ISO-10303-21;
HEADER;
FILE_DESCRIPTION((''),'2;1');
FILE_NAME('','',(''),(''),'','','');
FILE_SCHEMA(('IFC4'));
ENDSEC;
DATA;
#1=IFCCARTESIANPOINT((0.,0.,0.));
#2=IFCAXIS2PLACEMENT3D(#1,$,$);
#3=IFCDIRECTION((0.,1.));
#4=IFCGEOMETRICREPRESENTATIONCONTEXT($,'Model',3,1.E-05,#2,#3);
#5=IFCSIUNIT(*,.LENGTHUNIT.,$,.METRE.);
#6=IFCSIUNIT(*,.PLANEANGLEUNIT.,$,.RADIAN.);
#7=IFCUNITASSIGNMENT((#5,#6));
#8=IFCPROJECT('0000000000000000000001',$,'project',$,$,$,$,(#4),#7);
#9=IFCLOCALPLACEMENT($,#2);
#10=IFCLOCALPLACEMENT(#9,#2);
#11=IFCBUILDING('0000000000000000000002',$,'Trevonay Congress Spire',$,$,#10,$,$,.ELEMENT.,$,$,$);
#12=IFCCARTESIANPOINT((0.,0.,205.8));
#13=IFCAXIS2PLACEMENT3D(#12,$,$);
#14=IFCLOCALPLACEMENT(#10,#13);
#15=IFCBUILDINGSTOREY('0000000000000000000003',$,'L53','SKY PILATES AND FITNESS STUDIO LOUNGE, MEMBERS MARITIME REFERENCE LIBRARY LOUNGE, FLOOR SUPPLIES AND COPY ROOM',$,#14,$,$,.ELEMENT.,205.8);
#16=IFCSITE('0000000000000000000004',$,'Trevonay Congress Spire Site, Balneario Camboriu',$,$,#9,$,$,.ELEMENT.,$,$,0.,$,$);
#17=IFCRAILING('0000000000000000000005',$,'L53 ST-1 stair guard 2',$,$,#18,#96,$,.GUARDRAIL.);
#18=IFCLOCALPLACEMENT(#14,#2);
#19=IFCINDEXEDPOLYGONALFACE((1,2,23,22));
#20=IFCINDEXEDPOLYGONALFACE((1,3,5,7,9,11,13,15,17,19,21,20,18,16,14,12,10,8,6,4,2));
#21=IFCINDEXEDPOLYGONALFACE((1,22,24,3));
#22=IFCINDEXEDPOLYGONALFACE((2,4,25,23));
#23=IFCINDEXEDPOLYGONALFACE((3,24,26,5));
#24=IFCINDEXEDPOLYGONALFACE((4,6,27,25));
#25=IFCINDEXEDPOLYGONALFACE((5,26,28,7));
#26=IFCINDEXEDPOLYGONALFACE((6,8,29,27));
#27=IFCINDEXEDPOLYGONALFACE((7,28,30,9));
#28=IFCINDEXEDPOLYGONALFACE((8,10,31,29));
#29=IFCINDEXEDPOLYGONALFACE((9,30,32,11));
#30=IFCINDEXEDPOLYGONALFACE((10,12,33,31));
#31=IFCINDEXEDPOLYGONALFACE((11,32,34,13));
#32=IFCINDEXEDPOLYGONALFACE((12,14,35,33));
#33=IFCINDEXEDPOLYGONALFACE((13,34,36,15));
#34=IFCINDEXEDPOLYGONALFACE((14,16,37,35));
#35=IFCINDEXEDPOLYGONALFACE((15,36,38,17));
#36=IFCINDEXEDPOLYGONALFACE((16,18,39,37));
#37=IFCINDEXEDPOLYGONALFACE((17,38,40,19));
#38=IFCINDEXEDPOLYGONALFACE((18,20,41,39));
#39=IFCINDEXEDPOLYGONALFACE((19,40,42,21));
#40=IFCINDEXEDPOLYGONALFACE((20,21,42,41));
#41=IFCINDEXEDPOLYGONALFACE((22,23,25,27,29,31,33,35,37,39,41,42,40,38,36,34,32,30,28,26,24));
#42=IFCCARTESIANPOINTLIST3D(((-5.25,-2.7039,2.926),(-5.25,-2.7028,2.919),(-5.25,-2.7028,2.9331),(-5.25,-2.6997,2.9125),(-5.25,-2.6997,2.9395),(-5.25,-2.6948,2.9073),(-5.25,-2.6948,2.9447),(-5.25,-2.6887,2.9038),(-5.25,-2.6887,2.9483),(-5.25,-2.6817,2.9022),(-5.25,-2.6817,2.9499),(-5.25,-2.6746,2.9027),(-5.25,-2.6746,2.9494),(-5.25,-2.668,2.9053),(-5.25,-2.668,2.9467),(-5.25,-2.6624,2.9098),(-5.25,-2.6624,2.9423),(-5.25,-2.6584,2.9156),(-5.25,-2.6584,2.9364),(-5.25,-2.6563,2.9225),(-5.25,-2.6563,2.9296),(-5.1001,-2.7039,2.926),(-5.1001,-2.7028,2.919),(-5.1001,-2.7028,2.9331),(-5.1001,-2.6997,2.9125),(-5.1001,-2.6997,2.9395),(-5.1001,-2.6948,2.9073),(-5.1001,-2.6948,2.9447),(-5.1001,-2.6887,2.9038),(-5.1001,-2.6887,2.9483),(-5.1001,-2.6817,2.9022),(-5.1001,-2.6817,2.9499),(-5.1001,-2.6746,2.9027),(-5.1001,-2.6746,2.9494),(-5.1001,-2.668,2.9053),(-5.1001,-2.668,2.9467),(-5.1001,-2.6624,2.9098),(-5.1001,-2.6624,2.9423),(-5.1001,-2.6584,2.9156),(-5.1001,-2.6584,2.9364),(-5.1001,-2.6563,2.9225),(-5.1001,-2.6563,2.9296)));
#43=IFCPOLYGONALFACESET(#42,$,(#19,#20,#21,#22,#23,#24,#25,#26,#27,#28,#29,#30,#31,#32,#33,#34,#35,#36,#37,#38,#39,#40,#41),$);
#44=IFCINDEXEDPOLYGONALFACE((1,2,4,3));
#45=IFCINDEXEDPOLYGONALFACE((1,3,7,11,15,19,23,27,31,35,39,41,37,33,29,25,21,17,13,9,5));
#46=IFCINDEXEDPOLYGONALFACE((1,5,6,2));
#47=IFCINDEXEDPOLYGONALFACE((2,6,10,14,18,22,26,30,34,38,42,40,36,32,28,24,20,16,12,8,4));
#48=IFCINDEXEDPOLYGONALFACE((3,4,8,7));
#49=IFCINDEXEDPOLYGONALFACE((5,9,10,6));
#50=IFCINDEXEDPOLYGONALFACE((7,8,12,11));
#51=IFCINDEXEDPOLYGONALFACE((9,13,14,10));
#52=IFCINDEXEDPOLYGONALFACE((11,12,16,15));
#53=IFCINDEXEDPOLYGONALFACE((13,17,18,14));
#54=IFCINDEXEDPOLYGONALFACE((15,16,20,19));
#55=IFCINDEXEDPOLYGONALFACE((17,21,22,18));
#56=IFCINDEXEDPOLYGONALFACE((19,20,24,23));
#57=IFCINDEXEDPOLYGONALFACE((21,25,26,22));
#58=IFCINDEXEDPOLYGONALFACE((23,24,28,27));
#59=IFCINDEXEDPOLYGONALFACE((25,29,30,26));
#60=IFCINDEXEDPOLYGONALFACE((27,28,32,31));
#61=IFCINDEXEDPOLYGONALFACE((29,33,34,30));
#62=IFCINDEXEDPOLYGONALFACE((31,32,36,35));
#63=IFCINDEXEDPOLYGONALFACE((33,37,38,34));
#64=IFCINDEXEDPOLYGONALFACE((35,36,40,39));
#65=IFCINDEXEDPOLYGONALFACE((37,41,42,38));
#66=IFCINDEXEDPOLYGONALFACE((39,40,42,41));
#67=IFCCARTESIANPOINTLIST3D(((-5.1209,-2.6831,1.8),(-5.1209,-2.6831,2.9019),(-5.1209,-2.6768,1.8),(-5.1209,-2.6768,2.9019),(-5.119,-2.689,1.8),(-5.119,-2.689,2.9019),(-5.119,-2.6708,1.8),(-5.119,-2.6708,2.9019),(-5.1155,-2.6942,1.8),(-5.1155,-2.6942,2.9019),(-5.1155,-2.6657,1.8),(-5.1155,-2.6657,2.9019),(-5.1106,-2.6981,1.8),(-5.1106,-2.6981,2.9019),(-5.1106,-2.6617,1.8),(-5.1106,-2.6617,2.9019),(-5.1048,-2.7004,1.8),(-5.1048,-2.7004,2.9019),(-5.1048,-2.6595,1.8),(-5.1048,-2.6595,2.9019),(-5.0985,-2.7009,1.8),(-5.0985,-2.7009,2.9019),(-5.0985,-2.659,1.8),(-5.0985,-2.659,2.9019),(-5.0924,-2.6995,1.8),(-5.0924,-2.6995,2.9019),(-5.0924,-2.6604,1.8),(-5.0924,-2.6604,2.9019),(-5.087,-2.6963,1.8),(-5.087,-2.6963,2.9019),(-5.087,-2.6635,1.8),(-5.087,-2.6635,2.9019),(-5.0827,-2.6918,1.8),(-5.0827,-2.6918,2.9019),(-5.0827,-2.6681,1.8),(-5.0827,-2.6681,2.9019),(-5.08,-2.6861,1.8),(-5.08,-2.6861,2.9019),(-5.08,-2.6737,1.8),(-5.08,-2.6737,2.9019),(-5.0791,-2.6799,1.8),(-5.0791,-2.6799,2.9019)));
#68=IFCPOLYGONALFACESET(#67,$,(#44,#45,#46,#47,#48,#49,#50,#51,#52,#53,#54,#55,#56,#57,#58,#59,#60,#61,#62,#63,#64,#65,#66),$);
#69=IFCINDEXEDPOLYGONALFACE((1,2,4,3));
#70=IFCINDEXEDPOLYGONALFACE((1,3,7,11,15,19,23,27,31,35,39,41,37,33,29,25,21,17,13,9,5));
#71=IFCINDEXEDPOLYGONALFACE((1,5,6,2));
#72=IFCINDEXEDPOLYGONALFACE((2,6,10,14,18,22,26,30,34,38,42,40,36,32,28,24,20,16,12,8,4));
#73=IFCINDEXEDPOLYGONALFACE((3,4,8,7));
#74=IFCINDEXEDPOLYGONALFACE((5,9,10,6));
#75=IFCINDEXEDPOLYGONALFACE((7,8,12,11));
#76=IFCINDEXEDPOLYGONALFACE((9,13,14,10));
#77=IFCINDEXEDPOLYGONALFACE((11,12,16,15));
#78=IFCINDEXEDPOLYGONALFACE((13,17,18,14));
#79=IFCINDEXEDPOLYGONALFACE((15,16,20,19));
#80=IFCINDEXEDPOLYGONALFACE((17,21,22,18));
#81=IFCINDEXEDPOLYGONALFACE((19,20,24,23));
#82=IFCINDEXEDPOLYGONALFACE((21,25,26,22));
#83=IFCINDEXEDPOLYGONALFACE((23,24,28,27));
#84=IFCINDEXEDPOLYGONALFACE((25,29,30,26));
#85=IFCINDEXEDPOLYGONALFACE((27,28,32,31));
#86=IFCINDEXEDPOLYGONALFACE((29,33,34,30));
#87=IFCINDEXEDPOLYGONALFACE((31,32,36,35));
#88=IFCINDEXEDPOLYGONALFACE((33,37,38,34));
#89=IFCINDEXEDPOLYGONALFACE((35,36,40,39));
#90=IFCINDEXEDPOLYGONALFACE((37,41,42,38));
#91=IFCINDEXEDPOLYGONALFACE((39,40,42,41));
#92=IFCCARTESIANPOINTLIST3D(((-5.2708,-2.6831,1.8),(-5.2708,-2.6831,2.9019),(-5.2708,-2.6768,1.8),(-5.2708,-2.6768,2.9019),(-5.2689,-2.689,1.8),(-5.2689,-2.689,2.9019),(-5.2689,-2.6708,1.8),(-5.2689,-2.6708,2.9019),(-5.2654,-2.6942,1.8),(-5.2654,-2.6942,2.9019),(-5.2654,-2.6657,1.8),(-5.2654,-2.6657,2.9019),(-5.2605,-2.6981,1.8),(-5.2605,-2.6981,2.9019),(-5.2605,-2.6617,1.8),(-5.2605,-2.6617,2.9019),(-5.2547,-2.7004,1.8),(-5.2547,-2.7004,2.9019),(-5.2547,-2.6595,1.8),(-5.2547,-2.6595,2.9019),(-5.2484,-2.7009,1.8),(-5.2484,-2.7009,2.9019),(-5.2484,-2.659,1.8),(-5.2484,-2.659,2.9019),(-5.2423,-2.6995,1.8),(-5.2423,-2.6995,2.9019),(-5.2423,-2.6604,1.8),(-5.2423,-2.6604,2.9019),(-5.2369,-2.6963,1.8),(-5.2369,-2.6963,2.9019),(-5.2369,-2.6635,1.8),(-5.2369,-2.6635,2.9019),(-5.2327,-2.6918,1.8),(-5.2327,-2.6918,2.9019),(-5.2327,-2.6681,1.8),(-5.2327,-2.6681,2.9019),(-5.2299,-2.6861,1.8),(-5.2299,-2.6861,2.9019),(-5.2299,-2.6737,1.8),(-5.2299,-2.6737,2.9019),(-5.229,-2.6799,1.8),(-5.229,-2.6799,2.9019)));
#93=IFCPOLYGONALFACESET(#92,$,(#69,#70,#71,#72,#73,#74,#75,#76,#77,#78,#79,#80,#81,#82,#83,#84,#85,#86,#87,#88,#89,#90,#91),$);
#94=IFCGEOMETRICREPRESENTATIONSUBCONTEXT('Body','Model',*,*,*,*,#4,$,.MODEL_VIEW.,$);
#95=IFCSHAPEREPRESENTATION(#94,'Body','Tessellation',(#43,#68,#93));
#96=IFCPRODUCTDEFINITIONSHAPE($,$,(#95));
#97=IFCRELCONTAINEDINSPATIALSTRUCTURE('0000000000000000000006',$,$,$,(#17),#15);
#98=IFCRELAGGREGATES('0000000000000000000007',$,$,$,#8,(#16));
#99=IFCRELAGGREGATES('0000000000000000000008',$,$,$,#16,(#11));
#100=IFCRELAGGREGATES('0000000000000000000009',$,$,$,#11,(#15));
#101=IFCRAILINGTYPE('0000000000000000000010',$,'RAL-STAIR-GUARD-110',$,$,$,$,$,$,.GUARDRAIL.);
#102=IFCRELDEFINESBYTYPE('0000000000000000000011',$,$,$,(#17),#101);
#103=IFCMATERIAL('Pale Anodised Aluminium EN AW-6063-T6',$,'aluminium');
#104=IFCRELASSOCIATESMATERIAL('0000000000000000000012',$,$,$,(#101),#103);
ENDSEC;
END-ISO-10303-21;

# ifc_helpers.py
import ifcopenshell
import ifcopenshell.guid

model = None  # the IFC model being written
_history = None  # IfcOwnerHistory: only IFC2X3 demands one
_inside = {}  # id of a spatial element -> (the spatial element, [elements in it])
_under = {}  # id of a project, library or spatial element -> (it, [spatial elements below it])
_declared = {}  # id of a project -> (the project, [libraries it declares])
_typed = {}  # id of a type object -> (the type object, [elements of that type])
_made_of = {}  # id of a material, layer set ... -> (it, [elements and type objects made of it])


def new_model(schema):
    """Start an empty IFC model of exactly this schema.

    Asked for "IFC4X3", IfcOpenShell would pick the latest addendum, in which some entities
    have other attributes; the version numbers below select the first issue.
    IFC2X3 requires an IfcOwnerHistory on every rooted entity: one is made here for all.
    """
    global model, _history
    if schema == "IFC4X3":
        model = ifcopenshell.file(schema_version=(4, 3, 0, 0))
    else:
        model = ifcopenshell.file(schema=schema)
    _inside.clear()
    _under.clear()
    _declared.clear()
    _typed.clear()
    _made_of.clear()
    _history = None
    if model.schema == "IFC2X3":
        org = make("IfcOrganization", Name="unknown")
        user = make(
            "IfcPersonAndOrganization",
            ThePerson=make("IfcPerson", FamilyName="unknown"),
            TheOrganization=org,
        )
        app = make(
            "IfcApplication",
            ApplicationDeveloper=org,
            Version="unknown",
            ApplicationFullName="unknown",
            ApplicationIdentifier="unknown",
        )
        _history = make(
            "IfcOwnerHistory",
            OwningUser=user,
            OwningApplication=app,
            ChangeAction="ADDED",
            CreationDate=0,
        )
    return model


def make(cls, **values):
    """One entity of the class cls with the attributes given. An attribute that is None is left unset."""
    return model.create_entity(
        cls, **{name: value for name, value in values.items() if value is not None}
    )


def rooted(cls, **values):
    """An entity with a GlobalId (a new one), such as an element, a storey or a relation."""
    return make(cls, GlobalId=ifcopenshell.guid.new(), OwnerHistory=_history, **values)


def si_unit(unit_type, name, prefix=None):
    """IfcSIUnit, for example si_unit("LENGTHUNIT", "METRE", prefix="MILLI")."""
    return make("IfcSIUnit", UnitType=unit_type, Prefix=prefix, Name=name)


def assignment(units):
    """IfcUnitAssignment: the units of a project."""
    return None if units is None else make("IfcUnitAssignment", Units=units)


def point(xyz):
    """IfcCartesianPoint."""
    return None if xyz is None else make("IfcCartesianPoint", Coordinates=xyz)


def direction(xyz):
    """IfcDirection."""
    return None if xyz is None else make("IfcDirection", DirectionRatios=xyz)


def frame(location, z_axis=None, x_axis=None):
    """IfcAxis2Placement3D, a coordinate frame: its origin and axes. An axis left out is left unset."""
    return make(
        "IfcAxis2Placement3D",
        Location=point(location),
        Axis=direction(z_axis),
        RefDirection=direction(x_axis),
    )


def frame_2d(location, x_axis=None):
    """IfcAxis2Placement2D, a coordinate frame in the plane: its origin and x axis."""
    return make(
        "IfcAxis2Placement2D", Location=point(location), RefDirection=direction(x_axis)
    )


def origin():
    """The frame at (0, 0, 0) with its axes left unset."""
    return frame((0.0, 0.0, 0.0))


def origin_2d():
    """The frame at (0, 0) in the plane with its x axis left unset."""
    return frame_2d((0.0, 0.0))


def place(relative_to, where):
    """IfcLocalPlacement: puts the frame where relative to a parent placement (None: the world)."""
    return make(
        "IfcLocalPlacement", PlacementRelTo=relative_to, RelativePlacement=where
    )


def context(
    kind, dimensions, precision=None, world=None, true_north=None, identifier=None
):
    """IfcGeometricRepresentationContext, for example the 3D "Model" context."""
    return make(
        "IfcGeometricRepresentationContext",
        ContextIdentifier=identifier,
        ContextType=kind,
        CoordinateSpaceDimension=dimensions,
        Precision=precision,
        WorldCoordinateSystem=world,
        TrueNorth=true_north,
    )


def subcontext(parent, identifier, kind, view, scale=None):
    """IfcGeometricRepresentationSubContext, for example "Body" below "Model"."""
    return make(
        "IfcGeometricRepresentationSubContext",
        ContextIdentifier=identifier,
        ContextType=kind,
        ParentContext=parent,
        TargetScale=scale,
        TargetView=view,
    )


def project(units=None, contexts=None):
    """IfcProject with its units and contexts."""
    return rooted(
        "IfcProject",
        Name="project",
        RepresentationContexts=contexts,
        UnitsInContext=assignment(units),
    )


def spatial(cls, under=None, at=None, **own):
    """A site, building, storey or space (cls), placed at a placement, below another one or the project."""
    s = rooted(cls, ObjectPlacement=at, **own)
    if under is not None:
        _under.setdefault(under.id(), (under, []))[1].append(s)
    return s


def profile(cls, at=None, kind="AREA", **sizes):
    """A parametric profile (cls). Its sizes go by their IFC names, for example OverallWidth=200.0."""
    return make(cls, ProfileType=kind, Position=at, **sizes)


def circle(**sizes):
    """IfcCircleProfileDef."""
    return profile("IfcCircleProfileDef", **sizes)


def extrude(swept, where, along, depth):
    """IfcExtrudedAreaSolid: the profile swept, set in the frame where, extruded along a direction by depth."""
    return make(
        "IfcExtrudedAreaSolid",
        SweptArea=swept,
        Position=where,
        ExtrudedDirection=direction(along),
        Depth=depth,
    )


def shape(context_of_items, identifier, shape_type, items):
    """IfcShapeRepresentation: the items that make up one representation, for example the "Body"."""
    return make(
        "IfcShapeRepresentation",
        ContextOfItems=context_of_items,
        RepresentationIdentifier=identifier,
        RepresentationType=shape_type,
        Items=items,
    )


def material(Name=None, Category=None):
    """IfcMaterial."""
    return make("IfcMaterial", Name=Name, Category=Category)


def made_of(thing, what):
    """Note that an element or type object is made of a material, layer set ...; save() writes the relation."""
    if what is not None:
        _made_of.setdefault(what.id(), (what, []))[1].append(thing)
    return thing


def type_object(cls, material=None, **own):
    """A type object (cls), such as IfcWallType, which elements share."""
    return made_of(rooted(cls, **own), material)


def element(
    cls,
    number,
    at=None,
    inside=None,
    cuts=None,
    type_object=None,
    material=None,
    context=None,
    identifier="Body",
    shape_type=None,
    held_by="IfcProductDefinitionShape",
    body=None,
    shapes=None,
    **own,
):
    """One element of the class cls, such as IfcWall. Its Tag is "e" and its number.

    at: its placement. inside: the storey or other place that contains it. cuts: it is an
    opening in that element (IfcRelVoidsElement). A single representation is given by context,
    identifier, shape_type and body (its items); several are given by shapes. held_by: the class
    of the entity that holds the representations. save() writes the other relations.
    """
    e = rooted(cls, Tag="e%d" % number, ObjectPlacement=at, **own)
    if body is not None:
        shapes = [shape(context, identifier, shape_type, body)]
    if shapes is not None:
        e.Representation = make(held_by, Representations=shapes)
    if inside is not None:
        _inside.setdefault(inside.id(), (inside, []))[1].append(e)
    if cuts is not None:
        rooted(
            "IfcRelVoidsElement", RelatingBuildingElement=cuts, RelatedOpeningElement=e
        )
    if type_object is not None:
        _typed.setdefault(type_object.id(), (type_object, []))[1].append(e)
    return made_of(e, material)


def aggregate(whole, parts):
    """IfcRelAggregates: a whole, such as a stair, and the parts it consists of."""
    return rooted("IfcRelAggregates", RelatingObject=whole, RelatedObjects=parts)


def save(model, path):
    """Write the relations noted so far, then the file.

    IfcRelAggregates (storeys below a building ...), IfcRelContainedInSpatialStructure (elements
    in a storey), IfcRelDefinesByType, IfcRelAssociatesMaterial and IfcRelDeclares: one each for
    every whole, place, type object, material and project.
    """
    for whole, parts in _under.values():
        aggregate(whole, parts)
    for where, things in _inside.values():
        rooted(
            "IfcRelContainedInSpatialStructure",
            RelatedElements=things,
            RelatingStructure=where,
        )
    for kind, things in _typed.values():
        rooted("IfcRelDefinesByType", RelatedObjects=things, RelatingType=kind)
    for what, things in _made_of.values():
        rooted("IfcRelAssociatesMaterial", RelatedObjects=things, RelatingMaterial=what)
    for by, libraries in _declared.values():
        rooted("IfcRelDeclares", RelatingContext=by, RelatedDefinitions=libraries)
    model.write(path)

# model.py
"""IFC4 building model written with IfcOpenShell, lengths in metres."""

from ifc_helpers import new_model, si_unit, direction, frame, origin, origin_2d, place, context, subcontext, project, spatial, circle, extrude, material, type_object, element, save


model = new_model("IFC4")

# Units and contexts
model_context = context("Model", 3, precision=1e-05, world=origin(), true_north=direction((0.0, 1.0)))
body_context = subcontext(model_context, "Body", "Model", "MODEL_VIEW")
ifc_project = project(units=[si_unit("LENGTHUNIT", "METRE"), si_unit("PLANEANGLEUNIT", "RADIAN")], contexts=[model_context])

# Site, building, storey
site_placement = place(None, origin())
site = spatial("IfcSite", under=ifc_project, at=site_placement, Name="Trevonay Congress Spire Site, Balneario Camboriu", CompositionType="ELEMENT", RefElevation=0.0)
building_placement = place(site_placement, origin())
building = spatial("IfcBuilding", under=site, at=building_placement, Name="Trevonay Congress Spire", CompositionType="ELEMENT")
storey_placement = place(building_placement, frame((0.0, 0.0, 205.8)))
storey = spatial("IfcBuildingStorey", under=building, at=storey_placement, Name="L53", Description="SKY PILATES AND FITNESS STUDIO LOUNGE, MEMBERS MARITIME REFERENCE LIBRARY LOUNGE, FLOOR SUPPLIES AND COPY ROOM", CompositionType="ELEMENT", Elevation=205.8)

# Railing
ifc_material_1 = material(Name="Pale Anodised Aluminium EN AW-6063-T6", Category="aluminium")
railing_type_1 = type_object("IfcRailingType", Name="RAL-STAIR-GUARD-110", PredefinedType="GUARDRAIL", material=ifc_material_1)
railing_1_placement = place(storey_placement, frame((-5.1001, -2.6799, 1.8)))
element("IfcRailing", 1, at=railing_1_placement, inside=storey, type_object=railing_type_1, Name="L53 ST-1 stair guard 2", PredefinedType="GUARDRAIL", context=body_context, shape_type="SweptSolid", body=[
    extrude(circle(Radius=0.0239, at=origin_2d()), frame((0.0, 0.0, 1.126), z_axis=(-1.0, 0.0, 0.0), x_axis=(0.0, -1.0, 0.0)), (0.0, 0.0, 1.0), 0.1499),
    extrude(circle(Radius=0.021, at=origin_2d()), origin(), (0.0, 0.0, 1.0), 1.1018),
    extrude(circle(Radius=0.021, at=origin_2d()), frame((-0.1499, 0.0, 0.0)), (0.0, 0.0, 1.0), 1.1018),
])

save(model, "model.ifc")
